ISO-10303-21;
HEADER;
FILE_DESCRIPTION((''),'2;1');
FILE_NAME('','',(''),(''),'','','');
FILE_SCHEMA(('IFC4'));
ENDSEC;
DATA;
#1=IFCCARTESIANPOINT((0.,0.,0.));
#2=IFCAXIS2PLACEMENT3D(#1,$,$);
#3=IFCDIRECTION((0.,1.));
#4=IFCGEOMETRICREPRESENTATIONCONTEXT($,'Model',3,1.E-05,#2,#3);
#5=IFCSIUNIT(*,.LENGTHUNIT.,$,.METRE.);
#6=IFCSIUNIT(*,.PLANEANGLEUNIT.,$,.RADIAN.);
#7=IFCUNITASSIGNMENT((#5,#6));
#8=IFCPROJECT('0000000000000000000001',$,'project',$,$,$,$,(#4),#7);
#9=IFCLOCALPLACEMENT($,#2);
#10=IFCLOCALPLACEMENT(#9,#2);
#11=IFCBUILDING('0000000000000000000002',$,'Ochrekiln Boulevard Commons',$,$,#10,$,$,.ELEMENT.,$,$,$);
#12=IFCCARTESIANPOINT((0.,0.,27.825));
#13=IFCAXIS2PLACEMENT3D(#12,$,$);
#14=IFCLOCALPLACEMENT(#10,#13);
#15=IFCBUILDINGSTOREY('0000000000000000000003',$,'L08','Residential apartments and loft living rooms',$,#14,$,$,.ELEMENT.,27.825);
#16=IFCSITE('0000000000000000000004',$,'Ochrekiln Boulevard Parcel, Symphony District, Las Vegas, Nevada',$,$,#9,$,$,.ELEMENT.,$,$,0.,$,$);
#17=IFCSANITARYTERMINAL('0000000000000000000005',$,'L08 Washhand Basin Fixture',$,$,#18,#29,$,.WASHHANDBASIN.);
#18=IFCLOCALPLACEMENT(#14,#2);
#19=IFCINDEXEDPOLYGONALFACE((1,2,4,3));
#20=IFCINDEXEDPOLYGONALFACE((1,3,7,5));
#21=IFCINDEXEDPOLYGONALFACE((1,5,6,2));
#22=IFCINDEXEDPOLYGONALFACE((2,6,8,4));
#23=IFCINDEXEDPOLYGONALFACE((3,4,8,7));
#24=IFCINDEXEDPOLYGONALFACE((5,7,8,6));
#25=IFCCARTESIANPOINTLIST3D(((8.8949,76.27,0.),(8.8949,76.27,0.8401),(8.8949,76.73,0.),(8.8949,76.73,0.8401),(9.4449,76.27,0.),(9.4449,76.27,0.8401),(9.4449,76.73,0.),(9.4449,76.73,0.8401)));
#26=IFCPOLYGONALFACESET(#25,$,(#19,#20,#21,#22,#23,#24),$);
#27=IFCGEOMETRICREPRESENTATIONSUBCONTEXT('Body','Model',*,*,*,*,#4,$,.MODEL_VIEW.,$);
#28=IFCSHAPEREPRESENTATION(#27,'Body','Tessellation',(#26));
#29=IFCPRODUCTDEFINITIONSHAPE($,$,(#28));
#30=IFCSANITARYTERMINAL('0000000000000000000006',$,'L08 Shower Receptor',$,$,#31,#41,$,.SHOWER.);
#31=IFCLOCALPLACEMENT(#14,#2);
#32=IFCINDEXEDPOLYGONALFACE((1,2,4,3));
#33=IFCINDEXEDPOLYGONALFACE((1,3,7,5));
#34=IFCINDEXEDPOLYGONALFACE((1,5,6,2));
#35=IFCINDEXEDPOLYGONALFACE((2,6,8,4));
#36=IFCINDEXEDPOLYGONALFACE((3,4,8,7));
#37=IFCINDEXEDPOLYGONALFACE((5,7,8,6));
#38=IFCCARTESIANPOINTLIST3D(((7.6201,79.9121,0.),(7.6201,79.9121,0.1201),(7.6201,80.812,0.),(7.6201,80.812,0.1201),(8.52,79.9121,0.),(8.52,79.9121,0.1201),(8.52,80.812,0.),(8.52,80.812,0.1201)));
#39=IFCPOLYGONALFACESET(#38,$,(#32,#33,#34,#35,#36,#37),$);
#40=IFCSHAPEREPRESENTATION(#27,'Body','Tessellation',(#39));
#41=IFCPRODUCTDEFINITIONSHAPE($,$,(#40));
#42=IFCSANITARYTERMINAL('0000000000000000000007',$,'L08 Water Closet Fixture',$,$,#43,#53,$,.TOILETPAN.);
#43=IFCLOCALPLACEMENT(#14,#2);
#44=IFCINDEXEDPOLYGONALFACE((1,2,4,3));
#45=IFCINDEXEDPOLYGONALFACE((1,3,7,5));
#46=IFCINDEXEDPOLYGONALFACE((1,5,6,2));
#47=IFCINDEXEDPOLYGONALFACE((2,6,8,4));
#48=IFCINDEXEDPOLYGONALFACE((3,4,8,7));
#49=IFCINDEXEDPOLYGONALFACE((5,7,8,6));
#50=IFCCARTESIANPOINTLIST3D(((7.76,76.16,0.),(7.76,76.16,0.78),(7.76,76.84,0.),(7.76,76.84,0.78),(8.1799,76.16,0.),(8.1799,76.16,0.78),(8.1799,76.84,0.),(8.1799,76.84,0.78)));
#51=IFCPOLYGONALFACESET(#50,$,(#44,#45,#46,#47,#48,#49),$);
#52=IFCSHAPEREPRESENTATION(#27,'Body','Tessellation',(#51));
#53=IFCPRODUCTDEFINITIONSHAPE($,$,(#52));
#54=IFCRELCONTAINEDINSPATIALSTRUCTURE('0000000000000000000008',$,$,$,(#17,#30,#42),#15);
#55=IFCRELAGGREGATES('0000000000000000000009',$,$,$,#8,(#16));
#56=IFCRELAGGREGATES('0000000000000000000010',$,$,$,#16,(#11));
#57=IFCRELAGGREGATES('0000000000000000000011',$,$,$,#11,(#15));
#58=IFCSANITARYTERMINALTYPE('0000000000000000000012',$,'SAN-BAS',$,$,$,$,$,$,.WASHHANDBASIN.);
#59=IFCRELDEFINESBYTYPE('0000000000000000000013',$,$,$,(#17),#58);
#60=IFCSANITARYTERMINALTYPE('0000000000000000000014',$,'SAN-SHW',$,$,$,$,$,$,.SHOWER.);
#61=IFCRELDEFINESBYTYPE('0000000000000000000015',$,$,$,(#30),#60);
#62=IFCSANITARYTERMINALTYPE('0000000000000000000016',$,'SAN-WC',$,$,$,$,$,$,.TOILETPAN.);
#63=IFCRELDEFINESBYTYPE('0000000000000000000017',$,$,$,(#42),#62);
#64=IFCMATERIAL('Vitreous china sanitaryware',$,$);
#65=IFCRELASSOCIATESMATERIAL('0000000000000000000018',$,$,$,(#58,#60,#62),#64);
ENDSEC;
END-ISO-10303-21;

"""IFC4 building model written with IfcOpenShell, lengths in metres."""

from ifc_helpers import new_model, si_unit, direction, frame, origin, origin_2d, place, context, subcontext, project, spatial, rectangle, extrude, material, type_object, element, save


model = new_model("IFC4")

# Units and contexts
model_context = context("Model", 3, precision=1e-05, world=origin(), true_north=direction((0.0, 1.0)))
body_context = subcontext(model_context, "Body", "Model", "MODEL_VIEW")
ifc_project = project(units=[si_unit("LENGTHUNIT", "METRE"), si_unit("PLANEANGLEUNIT", "RADIAN")], contexts=[model_context])

# Site, building, storey
site_placement = place(None, origin())
site = spatial("IfcSite", under=ifc_project, at=site_placement, Name="Ochrekiln Boulevard Parcel, Symphony District, Las Vegas, Nevada", CompositionType="ELEMENT", RefElevation=0.0)
building_placement = place(site_placement, origin())
building = spatial("IfcBuilding", under=site, at=building_placement, Name="Ochrekiln Boulevard Commons", CompositionType="ELEMENT")
storey_placement = place(building_placement, frame((0.0, 0.0, 27.825)))
storey = spatial("IfcBuildingStorey", under=building, at=storey_placement, Name="L08", Description="Residential apartments and loft living rooms", CompositionType="ELEMENT", Elevation=27.825)

# Sanitary terminals
ifc_material_1 = material(Name="Vitreous china sanitaryware")
sanitary_terminal_type_1 = type_object("IfcSanitaryTerminalType", Name="SAN-BAS", PredefinedType="WASHHANDBASIN", material=ifc_material_1)
sanitary_terminal_1_placement = place(storey_placement, frame((9.1699, 76.5, 0.0), z_axis=(0.0, 0.0, 1.0), x_axis=(1.0, 0.0, 0.0)))
element("IfcSanitaryTerminal", 1, at=sanitary_terminal_1_placement, inside=storey, type_object=sanitary_terminal_type_1, Name="L08 Washhand Basin Fixture", PredefinedType="WASHHANDBASIN", context=body_context, shape_type="SweptSolid", body=[
    extrude(rectangle(XDim=0.55, YDim=0.46, at=origin_2d()), origin(), (0.0, 0.0, 1.0), 0.8401),
])
sanitary_terminal_type_2 = type_object("IfcSanitaryTerminalType", Name="SAN-SHW", PredefinedType="SHOWER", material=ifc_material_1)
sanitary_terminal_2_placement = place(storey_placement, frame((8.0701, 80.3621, 0.0), z_axis=(0.0, 0.0, 1.0), x_axis=(1.0, 0.0, 0.0)))
element("IfcSanitaryTerminal", 2, at=sanitary_terminal_2_placement, inside=storey, type_object=sanitary_terminal_type_2, Name="L08 Shower Receptor", PredefinedType="SHOWER", context=body_context, shape_type="SweptSolid", body=[
    extrude(rectangle(XDim=0.8999, YDim=0.8999, at=origin_2d()), origin(), (0.0, 0.0, 1.0), 0.1201),
])
sanitary_terminal_type_3 = type_object("IfcSanitaryTerminalType", Name="SAN-WC", PredefinedType="TOILETPAN", material=ifc_material_1)
sanitary_terminal_3_placement = place(storey_placement, frame((7.97, 76.5, 0.0), z_axis=(0.0, 0.0, 1.0), x_axis=(1.0, 0.0, 0.0)))
element("IfcSanitaryTerminal", 3, at=sanitary_terminal_3_placement, inside=storey, type_object=sanitary_terminal_type_3, Name="L08 Water Closet Fixture", PredefinedType="TOILETPAN", context=body_context, shape_type="SweptSolid", body=[
    extrude(rectangle(XDim=0.4199, YDim=0.6799, at=origin_2d()), origin(), (0.0, 0.0, 1.0), 0.78),
])

save(model, "model.ifc")
